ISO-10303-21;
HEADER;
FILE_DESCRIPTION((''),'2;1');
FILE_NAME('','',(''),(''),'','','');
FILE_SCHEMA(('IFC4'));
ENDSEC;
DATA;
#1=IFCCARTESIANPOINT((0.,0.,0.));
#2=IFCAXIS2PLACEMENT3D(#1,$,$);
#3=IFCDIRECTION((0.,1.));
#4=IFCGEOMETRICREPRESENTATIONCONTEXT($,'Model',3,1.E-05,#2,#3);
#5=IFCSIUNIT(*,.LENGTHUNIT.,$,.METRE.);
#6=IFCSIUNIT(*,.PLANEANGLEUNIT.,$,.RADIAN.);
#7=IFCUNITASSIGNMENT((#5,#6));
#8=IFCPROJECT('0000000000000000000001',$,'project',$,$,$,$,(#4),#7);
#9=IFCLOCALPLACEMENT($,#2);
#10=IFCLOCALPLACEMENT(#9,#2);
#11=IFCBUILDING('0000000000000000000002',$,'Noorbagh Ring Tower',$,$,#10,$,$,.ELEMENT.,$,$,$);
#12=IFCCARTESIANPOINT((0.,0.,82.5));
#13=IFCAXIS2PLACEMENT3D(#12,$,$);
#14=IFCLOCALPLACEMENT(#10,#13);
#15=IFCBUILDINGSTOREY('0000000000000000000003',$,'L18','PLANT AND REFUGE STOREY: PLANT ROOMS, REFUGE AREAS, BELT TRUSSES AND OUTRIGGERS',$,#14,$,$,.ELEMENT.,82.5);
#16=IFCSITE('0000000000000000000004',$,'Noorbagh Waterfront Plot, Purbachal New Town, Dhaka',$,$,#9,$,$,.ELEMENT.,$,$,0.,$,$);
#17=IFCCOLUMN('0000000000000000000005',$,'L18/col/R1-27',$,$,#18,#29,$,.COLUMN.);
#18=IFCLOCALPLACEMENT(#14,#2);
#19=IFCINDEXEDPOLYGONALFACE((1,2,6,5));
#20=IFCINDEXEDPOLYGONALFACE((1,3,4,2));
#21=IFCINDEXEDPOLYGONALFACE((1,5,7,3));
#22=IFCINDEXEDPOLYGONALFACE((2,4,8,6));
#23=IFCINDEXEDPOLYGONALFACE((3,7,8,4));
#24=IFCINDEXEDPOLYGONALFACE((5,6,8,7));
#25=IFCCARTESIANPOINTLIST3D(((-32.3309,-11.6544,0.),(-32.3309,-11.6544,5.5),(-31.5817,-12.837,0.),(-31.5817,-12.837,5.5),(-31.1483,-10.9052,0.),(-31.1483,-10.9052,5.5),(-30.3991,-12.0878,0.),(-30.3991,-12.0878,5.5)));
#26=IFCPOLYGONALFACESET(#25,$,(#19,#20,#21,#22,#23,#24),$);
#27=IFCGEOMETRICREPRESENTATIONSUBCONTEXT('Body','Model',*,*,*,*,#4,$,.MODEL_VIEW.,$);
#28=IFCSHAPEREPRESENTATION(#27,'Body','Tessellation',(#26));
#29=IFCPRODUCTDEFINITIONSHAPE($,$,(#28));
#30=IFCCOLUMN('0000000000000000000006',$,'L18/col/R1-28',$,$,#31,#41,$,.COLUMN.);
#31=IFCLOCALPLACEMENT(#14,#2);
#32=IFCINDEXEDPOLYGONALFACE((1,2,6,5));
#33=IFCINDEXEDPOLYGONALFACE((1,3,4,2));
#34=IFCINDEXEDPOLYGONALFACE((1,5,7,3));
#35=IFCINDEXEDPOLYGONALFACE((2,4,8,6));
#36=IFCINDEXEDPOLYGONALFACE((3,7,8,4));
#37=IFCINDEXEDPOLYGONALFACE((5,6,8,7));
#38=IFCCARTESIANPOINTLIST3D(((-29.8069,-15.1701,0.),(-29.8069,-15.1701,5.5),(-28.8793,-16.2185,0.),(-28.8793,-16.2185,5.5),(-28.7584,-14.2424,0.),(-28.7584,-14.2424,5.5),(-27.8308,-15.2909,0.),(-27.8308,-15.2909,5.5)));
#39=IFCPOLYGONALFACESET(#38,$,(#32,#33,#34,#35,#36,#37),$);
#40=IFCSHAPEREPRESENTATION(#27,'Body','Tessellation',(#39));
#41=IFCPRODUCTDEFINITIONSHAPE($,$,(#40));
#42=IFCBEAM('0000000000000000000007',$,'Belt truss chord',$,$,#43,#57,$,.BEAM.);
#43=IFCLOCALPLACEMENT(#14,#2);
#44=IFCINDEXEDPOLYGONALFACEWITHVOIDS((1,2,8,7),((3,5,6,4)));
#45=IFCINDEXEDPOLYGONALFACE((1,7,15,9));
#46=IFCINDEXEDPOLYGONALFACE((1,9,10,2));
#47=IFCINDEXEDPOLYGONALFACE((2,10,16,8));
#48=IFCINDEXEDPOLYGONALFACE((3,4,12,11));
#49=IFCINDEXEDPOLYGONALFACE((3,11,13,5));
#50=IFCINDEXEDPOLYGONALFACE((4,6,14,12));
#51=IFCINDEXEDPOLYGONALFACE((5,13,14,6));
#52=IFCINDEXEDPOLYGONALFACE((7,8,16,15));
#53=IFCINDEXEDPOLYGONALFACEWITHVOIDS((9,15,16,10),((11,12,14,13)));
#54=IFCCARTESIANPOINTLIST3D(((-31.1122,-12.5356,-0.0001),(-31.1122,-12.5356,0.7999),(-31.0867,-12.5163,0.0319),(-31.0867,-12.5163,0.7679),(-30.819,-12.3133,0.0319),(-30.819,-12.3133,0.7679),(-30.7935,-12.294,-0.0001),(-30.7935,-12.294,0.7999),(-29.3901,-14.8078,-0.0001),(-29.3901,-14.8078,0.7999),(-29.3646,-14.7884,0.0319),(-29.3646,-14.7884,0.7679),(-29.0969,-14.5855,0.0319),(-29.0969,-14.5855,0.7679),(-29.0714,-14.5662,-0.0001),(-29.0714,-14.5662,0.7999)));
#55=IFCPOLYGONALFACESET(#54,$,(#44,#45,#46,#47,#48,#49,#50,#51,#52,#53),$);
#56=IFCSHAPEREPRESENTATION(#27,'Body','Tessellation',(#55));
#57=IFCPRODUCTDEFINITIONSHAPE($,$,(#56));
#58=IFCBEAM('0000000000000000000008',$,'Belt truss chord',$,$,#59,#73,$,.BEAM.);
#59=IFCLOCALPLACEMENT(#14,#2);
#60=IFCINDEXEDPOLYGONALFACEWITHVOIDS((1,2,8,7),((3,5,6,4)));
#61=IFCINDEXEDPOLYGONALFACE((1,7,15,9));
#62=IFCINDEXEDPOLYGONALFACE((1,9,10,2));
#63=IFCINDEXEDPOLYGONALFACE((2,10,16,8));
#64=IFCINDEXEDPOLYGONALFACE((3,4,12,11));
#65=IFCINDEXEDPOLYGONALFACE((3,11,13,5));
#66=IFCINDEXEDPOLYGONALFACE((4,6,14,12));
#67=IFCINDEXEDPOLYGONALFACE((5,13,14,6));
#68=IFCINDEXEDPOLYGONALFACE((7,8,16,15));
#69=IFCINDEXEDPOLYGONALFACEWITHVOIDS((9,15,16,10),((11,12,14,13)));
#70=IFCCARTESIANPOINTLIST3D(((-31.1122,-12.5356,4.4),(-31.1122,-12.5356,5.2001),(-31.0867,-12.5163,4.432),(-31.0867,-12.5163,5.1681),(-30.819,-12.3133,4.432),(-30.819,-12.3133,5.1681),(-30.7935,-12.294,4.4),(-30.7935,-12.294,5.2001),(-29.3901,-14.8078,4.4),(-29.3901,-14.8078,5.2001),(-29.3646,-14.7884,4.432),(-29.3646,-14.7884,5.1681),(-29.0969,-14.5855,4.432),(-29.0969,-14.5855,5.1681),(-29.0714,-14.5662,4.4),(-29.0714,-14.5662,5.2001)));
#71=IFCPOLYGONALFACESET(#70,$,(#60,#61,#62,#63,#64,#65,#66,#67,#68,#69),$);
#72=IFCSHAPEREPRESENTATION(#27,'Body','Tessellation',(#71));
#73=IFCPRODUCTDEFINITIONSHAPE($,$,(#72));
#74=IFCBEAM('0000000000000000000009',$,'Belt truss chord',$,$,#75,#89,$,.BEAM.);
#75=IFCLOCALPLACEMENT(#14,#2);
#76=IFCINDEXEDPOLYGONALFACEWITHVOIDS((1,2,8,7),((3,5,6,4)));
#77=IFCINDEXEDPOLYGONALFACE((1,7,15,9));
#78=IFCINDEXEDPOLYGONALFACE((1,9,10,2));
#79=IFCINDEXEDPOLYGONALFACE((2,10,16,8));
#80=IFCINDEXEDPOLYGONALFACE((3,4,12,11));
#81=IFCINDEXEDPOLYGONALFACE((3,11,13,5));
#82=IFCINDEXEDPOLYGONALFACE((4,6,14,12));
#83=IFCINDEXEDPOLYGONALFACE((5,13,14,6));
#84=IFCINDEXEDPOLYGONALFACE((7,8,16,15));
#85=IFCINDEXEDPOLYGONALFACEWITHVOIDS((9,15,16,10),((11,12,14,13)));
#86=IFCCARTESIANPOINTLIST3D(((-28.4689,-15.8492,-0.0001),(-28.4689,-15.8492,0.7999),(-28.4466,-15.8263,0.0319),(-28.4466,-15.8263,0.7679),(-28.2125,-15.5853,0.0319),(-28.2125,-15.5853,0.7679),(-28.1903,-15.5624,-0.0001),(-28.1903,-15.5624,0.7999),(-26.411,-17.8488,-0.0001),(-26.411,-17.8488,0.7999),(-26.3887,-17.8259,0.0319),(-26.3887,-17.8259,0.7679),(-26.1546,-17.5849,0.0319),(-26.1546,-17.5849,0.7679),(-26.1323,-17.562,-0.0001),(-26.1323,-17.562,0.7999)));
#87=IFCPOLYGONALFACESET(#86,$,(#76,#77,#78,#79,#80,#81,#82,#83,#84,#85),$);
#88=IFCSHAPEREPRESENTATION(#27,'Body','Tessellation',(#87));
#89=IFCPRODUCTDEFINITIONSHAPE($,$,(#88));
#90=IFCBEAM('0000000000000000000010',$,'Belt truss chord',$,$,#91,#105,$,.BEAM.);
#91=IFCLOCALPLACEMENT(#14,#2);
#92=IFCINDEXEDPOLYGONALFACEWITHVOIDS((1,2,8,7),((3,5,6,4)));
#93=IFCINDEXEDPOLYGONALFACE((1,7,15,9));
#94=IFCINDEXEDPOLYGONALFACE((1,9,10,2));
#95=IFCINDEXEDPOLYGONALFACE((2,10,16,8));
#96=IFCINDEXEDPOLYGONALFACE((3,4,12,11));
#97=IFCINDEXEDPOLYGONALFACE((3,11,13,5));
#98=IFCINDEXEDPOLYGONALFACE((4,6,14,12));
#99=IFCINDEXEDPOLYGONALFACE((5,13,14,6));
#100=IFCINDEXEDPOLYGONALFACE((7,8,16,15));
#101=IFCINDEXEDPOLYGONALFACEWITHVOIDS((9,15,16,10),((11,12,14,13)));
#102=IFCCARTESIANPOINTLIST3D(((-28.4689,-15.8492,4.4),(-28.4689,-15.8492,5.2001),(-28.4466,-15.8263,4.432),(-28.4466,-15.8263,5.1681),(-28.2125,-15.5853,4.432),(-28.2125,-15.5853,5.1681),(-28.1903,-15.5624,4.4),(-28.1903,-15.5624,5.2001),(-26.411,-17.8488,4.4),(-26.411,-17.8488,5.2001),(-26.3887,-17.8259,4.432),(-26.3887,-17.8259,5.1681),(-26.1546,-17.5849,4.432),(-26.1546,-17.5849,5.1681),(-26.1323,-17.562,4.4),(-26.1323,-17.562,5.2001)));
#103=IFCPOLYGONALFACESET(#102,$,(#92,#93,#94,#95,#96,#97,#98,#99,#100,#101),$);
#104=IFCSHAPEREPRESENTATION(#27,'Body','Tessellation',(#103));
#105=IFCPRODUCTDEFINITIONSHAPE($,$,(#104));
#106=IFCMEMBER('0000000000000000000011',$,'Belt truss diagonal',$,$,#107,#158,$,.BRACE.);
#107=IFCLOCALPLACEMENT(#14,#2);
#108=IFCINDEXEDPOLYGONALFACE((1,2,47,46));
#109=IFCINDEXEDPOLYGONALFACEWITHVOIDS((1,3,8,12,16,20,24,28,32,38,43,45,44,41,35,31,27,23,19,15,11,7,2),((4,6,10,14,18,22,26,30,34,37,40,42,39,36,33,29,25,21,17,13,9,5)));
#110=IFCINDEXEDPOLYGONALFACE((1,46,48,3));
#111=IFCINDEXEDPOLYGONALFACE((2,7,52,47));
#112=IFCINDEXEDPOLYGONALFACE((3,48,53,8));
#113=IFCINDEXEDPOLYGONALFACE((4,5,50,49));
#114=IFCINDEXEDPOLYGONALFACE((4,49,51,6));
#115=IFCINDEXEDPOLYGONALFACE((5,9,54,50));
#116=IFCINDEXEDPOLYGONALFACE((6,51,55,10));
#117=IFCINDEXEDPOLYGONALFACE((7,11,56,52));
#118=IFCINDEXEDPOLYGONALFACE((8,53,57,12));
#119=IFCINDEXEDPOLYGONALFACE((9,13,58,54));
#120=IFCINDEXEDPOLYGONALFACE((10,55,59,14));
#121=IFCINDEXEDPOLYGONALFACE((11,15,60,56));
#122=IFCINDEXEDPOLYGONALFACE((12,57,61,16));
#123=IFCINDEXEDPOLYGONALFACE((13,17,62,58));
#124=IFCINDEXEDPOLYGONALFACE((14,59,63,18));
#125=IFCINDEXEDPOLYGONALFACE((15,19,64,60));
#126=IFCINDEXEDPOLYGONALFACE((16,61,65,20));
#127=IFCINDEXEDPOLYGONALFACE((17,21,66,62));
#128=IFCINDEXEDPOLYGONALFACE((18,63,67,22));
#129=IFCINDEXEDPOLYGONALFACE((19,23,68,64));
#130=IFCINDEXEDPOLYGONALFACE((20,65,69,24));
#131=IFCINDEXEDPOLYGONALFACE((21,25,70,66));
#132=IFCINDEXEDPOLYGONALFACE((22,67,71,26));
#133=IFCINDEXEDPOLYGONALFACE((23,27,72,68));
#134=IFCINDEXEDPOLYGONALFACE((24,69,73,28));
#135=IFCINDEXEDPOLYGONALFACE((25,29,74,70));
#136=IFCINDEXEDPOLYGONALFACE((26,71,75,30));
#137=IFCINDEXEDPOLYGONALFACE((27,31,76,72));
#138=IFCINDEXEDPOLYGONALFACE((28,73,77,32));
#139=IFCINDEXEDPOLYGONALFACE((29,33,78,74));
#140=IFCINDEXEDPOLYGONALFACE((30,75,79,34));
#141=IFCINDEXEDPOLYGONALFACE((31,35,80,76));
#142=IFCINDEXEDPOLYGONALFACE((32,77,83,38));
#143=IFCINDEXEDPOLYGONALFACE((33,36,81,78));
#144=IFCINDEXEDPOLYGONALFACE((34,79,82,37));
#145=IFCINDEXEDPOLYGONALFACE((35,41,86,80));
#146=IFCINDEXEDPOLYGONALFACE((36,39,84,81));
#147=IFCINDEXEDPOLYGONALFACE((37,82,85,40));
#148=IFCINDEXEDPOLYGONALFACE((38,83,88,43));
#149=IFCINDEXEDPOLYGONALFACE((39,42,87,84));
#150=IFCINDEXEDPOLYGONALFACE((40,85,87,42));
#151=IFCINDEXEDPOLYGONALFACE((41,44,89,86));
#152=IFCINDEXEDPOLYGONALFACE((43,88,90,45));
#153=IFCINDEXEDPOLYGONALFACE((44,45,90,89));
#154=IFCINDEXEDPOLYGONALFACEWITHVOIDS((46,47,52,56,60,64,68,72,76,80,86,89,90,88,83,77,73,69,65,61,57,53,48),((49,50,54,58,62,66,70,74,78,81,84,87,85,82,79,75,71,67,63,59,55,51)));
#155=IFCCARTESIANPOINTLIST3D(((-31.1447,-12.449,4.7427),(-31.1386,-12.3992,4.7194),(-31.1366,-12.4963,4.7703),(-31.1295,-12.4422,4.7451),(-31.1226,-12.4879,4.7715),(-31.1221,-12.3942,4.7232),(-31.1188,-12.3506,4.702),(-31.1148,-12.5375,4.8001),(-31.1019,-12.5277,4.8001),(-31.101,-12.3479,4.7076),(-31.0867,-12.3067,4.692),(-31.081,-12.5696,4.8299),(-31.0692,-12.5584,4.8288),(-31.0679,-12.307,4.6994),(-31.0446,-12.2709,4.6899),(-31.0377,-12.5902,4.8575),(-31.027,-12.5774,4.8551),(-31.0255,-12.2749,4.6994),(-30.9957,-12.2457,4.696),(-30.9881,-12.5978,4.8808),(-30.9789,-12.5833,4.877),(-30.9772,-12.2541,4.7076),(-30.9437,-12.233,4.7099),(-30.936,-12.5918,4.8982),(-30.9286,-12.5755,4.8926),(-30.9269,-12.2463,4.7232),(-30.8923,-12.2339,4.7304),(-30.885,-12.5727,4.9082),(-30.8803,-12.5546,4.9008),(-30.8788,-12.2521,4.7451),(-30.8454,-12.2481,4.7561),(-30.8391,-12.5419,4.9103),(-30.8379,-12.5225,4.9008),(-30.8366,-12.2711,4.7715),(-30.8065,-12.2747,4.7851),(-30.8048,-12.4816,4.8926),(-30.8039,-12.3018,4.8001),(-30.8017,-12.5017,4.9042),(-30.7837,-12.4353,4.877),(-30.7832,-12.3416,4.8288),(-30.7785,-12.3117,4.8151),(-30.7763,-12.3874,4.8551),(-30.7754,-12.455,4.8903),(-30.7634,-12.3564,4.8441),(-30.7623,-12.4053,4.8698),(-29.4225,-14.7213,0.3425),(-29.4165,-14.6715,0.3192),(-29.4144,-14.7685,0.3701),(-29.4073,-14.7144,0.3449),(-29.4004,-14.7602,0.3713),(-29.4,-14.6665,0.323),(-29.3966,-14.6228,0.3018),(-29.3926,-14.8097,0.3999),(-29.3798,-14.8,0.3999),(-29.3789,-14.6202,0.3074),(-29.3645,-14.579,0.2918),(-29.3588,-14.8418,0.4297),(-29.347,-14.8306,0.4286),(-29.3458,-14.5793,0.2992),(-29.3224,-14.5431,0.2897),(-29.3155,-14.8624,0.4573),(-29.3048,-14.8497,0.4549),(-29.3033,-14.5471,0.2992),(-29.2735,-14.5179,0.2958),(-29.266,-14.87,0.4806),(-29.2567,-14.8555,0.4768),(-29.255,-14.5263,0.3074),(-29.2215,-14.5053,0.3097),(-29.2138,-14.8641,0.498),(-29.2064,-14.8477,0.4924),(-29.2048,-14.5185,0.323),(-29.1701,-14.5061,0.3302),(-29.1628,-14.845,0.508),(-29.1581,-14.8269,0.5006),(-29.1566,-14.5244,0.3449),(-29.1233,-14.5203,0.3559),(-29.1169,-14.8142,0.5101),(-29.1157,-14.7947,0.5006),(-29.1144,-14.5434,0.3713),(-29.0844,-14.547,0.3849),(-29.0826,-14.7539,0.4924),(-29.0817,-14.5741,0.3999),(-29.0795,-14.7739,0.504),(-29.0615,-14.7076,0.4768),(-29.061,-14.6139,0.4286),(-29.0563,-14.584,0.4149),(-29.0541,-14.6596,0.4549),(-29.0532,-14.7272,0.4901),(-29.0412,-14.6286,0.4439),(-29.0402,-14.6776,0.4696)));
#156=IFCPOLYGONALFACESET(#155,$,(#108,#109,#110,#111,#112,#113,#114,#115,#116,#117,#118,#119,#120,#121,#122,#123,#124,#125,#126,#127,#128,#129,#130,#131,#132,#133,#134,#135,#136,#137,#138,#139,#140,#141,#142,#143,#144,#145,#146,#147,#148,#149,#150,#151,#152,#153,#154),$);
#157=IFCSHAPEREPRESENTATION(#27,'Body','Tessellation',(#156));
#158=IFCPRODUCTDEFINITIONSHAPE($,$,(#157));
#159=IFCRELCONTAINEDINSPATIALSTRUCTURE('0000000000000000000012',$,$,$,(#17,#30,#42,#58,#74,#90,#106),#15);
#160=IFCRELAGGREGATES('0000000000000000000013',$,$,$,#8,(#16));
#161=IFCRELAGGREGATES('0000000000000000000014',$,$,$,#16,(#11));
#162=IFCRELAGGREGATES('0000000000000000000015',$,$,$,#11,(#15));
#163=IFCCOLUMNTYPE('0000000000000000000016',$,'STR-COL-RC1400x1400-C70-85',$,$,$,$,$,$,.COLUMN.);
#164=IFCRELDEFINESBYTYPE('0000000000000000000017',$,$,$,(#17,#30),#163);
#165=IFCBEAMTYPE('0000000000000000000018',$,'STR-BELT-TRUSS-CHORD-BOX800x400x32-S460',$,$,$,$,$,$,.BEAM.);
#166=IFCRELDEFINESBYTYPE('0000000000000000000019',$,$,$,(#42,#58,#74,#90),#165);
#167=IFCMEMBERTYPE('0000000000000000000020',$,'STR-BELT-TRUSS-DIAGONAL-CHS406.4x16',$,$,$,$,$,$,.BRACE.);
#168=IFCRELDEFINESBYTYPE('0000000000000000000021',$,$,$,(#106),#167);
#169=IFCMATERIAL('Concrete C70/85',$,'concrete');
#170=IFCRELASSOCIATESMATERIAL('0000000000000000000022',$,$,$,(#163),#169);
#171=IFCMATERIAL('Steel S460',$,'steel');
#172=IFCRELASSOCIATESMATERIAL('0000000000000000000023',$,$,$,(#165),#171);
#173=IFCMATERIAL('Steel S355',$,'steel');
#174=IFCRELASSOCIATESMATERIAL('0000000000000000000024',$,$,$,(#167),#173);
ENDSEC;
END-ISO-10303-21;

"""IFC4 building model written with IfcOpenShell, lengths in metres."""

from ifc_helpers import new_model, si_unit, direction, frame, origin, origin_2d, place, context, subcontext, project, spatial, rectangle, hollow_rectangle, hollow_circle, extrude, material, material_profile, profile_set, type_object, element, save


model = new_model("IFC4")

# Units and contexts
model_context = context("Model", 3, precision=1e-05, world=origin(), true_north=direction((0.0, 1.0)))
body_context = subcontext(model_context, "Body", "Model", "MODEL_VIEW")
ifc_project = project(units=[si_unit("LENGTHUNIT", "METRE"), si_unit("PLANEANGLEUNIT", "RADIAN")], contexts=[model_context])

# Site, building, storey
site_placement = place(None, origin())
site = spatial("IfcSite", under=ifc_project, at=site_placement, Name="Noorbagh Waterfront Plot, Purbachal New Town, Dhaka", CompositionType="ELEMENT", RefElevation=0.0)
building_placement = place(site_placement, origin())
building = spatial("IfcBuilding", under=site, at=building_placement, Name="Noorbagh Ring Tower", CompositionType="ELEMENT")
storey_placement = place(building_placement, frame((0.0, 0.0, 82.5)))
storey = spatial("IfcBuildingStorey", under=building, at=storey_placement, Name="L18", Description="PLANT AND REFUGE STOREY: PLANT ROOMS, REFUGE AREAS, BELT TRUSSES AND OUTRIGGERS", CompositionType="ELEMENT", Elevation=82.5)

# Columns
ifc_material_1 = material(Name="Concrete C70/85", Category="concrete")
ifc_material_profile_1 = material_profile(ifc_material_1, rectangle(XDim=1.3999, YDim=1.3999, at=origin_2d()), Name="RC1400x1400")
ifc_profile_set_1 = profile_set([ifc_material_profile_1], Name="Concrete C70/85")
column_type = type_object("IfcColumnType", Name="STR-COL-RC1400x1400-C70-85", PredefinedType="COLUMN", material=ifc_profile_set_1)
for number, where, z_axis, x_axis, name in (
    (1, (-31.365, -11.8711, 0.0), (0.0, 0.0, 1.0), (0.53519, -0.844731, 0.0), "L18/col/R1-27"),
    (2, (-28.8188, -15.2305, 0.0), (0.0, 0.0, 1.0), (0.662636, -0.748942, 0.0), "L18/col/R1-28"),
):
    element("IfcColumn", number, at=place(storey_placement, frame(where, z_axis=z_axis, x_axis=x_axis)), inside=storey, type_object=column_type, Name=name, PredefinedType="COLUMN", context=body_context, shape_type="SweptSolid", body=[
        extrude(rectangle(XDim=1.3999, YDim=1.3999, at=origin_2d()), origin(), (0.0, 0.0, 1.0), 5.5),
    ])

# Beams
ifc_material_2 = material(Name="Steel S460", Category="steel")
ifc_material_profile_2 = material_profile(ifc_material_2, hollow_rectangle(XDim=0.3999, YDim=0.8, WallThickness=0.032, at=origin_2d()), Name="BOX800x400x32")
ifc_profile_set_2 = profile_set([ifc_material_profile_2], Name="Steel S460")
beam_type_1 = type_object("IfcBeamType", Name="STR-BELT-TRUSS-CHORD-BOX800x400x32-S460", PredefinedType="BEAM", material=ifc_profile_set_2)
for number, where, z_axis, x_axis, name in (
    (3, (-30.9529, -12.4148, 0.3999), (0.604034, -0.796958, 0.0), (0.796958, 0.604034, 0.0), "Belt truss chord"),
    (4, (-30.9529, -12.4148, 4.8), (0.604034, -0.796958, 0.0), (0.796958, 0.604034, 0.0), "Belt truss chord"),
):
    element("IfcBeam", number, at=place(storey_placement, frame(where, z_axis=z_axis, x_axis=x_axis)), inside=storey, type_object=beam_type_1, Name=name, PredefinedType="BEAM", context=body_context, shape_type="SweptSolid", body=[
        extrude(hollow_rectangle(XDim=0.3999, YDim=0.8, WallThickness=0.032, at=origin_2d()), origin(), (0.0, 0.0, 1.0), 2.8511),
    ])
for number, where, z_axis, x_axis, name in (
    (5, (-28.3296, -15.7058, 0.3999), (0.717202, -0.696866, 0.0), (0.696866, 0.717202, 0.0), "Belt truss chord"),
    (6, (-28.3296, -15.7058, 4.8), (0.717202, -0.696866, 0.0), (0.696866, 0.717202, 0.0), "Belt truss chord"),
):
    element("IfcBeam", number, at=place(storey_placement, frame(where, z_axis=z_axis, x_axis=x_axis)), inside=storey, type_object=beam_type_1, Name=name, PredefinedType="BEAM", context=body_context, shape_type="SweptSolid", body=[
        extrude(hollow_rectangle(XDim=0.3999, YDim=0.8, WallThickness=0.032, at=origin_2d()), origin(), (0.0, 0.0, 1.0), 2.8694),
    ])

# Member
ifc_material_3 = material(Name="Steel S355", Category="steel")
ifc_material_profile_3 = material_profile(ifc_material_3, hollow_circle(Radius=0.2031, WallThickness=0.0161, at=origin_2d()), Name="CHS406.4x16")
ifc_profile_set_3 = profile_set([ifc_material_profile_3], Name="Steel S355")
member_type = type_object("IfcMemberType", Name="STR-BELT-TRUSS-DIAGONAL-CHS406.4x16", PredefinedType="BRACE", material=ifc_profile_set_3)
member_1_placement = place(storey_placement, frame((-29.2307, -14.687, 0.3999), z_axis=(-0.328464, 0.433373, 0.839226), x_axis=(-0.796958, -0.604034, 0.0)))
element("IfcMember", 7, at=member_1_placement, inside=storey, type_object=member_type, Name="Belt truss diagonal", PredefinedType="BRACE", context=body_context, shape_type="SweptSolid", body=[
    extrude(hollow_circle(Radius=0.2031, WallThickness=0.0161, at=origin_2d()), origin(), (0.0, 0.0, 1.0), 5.2432),
])

save(model, "model.ifc")
